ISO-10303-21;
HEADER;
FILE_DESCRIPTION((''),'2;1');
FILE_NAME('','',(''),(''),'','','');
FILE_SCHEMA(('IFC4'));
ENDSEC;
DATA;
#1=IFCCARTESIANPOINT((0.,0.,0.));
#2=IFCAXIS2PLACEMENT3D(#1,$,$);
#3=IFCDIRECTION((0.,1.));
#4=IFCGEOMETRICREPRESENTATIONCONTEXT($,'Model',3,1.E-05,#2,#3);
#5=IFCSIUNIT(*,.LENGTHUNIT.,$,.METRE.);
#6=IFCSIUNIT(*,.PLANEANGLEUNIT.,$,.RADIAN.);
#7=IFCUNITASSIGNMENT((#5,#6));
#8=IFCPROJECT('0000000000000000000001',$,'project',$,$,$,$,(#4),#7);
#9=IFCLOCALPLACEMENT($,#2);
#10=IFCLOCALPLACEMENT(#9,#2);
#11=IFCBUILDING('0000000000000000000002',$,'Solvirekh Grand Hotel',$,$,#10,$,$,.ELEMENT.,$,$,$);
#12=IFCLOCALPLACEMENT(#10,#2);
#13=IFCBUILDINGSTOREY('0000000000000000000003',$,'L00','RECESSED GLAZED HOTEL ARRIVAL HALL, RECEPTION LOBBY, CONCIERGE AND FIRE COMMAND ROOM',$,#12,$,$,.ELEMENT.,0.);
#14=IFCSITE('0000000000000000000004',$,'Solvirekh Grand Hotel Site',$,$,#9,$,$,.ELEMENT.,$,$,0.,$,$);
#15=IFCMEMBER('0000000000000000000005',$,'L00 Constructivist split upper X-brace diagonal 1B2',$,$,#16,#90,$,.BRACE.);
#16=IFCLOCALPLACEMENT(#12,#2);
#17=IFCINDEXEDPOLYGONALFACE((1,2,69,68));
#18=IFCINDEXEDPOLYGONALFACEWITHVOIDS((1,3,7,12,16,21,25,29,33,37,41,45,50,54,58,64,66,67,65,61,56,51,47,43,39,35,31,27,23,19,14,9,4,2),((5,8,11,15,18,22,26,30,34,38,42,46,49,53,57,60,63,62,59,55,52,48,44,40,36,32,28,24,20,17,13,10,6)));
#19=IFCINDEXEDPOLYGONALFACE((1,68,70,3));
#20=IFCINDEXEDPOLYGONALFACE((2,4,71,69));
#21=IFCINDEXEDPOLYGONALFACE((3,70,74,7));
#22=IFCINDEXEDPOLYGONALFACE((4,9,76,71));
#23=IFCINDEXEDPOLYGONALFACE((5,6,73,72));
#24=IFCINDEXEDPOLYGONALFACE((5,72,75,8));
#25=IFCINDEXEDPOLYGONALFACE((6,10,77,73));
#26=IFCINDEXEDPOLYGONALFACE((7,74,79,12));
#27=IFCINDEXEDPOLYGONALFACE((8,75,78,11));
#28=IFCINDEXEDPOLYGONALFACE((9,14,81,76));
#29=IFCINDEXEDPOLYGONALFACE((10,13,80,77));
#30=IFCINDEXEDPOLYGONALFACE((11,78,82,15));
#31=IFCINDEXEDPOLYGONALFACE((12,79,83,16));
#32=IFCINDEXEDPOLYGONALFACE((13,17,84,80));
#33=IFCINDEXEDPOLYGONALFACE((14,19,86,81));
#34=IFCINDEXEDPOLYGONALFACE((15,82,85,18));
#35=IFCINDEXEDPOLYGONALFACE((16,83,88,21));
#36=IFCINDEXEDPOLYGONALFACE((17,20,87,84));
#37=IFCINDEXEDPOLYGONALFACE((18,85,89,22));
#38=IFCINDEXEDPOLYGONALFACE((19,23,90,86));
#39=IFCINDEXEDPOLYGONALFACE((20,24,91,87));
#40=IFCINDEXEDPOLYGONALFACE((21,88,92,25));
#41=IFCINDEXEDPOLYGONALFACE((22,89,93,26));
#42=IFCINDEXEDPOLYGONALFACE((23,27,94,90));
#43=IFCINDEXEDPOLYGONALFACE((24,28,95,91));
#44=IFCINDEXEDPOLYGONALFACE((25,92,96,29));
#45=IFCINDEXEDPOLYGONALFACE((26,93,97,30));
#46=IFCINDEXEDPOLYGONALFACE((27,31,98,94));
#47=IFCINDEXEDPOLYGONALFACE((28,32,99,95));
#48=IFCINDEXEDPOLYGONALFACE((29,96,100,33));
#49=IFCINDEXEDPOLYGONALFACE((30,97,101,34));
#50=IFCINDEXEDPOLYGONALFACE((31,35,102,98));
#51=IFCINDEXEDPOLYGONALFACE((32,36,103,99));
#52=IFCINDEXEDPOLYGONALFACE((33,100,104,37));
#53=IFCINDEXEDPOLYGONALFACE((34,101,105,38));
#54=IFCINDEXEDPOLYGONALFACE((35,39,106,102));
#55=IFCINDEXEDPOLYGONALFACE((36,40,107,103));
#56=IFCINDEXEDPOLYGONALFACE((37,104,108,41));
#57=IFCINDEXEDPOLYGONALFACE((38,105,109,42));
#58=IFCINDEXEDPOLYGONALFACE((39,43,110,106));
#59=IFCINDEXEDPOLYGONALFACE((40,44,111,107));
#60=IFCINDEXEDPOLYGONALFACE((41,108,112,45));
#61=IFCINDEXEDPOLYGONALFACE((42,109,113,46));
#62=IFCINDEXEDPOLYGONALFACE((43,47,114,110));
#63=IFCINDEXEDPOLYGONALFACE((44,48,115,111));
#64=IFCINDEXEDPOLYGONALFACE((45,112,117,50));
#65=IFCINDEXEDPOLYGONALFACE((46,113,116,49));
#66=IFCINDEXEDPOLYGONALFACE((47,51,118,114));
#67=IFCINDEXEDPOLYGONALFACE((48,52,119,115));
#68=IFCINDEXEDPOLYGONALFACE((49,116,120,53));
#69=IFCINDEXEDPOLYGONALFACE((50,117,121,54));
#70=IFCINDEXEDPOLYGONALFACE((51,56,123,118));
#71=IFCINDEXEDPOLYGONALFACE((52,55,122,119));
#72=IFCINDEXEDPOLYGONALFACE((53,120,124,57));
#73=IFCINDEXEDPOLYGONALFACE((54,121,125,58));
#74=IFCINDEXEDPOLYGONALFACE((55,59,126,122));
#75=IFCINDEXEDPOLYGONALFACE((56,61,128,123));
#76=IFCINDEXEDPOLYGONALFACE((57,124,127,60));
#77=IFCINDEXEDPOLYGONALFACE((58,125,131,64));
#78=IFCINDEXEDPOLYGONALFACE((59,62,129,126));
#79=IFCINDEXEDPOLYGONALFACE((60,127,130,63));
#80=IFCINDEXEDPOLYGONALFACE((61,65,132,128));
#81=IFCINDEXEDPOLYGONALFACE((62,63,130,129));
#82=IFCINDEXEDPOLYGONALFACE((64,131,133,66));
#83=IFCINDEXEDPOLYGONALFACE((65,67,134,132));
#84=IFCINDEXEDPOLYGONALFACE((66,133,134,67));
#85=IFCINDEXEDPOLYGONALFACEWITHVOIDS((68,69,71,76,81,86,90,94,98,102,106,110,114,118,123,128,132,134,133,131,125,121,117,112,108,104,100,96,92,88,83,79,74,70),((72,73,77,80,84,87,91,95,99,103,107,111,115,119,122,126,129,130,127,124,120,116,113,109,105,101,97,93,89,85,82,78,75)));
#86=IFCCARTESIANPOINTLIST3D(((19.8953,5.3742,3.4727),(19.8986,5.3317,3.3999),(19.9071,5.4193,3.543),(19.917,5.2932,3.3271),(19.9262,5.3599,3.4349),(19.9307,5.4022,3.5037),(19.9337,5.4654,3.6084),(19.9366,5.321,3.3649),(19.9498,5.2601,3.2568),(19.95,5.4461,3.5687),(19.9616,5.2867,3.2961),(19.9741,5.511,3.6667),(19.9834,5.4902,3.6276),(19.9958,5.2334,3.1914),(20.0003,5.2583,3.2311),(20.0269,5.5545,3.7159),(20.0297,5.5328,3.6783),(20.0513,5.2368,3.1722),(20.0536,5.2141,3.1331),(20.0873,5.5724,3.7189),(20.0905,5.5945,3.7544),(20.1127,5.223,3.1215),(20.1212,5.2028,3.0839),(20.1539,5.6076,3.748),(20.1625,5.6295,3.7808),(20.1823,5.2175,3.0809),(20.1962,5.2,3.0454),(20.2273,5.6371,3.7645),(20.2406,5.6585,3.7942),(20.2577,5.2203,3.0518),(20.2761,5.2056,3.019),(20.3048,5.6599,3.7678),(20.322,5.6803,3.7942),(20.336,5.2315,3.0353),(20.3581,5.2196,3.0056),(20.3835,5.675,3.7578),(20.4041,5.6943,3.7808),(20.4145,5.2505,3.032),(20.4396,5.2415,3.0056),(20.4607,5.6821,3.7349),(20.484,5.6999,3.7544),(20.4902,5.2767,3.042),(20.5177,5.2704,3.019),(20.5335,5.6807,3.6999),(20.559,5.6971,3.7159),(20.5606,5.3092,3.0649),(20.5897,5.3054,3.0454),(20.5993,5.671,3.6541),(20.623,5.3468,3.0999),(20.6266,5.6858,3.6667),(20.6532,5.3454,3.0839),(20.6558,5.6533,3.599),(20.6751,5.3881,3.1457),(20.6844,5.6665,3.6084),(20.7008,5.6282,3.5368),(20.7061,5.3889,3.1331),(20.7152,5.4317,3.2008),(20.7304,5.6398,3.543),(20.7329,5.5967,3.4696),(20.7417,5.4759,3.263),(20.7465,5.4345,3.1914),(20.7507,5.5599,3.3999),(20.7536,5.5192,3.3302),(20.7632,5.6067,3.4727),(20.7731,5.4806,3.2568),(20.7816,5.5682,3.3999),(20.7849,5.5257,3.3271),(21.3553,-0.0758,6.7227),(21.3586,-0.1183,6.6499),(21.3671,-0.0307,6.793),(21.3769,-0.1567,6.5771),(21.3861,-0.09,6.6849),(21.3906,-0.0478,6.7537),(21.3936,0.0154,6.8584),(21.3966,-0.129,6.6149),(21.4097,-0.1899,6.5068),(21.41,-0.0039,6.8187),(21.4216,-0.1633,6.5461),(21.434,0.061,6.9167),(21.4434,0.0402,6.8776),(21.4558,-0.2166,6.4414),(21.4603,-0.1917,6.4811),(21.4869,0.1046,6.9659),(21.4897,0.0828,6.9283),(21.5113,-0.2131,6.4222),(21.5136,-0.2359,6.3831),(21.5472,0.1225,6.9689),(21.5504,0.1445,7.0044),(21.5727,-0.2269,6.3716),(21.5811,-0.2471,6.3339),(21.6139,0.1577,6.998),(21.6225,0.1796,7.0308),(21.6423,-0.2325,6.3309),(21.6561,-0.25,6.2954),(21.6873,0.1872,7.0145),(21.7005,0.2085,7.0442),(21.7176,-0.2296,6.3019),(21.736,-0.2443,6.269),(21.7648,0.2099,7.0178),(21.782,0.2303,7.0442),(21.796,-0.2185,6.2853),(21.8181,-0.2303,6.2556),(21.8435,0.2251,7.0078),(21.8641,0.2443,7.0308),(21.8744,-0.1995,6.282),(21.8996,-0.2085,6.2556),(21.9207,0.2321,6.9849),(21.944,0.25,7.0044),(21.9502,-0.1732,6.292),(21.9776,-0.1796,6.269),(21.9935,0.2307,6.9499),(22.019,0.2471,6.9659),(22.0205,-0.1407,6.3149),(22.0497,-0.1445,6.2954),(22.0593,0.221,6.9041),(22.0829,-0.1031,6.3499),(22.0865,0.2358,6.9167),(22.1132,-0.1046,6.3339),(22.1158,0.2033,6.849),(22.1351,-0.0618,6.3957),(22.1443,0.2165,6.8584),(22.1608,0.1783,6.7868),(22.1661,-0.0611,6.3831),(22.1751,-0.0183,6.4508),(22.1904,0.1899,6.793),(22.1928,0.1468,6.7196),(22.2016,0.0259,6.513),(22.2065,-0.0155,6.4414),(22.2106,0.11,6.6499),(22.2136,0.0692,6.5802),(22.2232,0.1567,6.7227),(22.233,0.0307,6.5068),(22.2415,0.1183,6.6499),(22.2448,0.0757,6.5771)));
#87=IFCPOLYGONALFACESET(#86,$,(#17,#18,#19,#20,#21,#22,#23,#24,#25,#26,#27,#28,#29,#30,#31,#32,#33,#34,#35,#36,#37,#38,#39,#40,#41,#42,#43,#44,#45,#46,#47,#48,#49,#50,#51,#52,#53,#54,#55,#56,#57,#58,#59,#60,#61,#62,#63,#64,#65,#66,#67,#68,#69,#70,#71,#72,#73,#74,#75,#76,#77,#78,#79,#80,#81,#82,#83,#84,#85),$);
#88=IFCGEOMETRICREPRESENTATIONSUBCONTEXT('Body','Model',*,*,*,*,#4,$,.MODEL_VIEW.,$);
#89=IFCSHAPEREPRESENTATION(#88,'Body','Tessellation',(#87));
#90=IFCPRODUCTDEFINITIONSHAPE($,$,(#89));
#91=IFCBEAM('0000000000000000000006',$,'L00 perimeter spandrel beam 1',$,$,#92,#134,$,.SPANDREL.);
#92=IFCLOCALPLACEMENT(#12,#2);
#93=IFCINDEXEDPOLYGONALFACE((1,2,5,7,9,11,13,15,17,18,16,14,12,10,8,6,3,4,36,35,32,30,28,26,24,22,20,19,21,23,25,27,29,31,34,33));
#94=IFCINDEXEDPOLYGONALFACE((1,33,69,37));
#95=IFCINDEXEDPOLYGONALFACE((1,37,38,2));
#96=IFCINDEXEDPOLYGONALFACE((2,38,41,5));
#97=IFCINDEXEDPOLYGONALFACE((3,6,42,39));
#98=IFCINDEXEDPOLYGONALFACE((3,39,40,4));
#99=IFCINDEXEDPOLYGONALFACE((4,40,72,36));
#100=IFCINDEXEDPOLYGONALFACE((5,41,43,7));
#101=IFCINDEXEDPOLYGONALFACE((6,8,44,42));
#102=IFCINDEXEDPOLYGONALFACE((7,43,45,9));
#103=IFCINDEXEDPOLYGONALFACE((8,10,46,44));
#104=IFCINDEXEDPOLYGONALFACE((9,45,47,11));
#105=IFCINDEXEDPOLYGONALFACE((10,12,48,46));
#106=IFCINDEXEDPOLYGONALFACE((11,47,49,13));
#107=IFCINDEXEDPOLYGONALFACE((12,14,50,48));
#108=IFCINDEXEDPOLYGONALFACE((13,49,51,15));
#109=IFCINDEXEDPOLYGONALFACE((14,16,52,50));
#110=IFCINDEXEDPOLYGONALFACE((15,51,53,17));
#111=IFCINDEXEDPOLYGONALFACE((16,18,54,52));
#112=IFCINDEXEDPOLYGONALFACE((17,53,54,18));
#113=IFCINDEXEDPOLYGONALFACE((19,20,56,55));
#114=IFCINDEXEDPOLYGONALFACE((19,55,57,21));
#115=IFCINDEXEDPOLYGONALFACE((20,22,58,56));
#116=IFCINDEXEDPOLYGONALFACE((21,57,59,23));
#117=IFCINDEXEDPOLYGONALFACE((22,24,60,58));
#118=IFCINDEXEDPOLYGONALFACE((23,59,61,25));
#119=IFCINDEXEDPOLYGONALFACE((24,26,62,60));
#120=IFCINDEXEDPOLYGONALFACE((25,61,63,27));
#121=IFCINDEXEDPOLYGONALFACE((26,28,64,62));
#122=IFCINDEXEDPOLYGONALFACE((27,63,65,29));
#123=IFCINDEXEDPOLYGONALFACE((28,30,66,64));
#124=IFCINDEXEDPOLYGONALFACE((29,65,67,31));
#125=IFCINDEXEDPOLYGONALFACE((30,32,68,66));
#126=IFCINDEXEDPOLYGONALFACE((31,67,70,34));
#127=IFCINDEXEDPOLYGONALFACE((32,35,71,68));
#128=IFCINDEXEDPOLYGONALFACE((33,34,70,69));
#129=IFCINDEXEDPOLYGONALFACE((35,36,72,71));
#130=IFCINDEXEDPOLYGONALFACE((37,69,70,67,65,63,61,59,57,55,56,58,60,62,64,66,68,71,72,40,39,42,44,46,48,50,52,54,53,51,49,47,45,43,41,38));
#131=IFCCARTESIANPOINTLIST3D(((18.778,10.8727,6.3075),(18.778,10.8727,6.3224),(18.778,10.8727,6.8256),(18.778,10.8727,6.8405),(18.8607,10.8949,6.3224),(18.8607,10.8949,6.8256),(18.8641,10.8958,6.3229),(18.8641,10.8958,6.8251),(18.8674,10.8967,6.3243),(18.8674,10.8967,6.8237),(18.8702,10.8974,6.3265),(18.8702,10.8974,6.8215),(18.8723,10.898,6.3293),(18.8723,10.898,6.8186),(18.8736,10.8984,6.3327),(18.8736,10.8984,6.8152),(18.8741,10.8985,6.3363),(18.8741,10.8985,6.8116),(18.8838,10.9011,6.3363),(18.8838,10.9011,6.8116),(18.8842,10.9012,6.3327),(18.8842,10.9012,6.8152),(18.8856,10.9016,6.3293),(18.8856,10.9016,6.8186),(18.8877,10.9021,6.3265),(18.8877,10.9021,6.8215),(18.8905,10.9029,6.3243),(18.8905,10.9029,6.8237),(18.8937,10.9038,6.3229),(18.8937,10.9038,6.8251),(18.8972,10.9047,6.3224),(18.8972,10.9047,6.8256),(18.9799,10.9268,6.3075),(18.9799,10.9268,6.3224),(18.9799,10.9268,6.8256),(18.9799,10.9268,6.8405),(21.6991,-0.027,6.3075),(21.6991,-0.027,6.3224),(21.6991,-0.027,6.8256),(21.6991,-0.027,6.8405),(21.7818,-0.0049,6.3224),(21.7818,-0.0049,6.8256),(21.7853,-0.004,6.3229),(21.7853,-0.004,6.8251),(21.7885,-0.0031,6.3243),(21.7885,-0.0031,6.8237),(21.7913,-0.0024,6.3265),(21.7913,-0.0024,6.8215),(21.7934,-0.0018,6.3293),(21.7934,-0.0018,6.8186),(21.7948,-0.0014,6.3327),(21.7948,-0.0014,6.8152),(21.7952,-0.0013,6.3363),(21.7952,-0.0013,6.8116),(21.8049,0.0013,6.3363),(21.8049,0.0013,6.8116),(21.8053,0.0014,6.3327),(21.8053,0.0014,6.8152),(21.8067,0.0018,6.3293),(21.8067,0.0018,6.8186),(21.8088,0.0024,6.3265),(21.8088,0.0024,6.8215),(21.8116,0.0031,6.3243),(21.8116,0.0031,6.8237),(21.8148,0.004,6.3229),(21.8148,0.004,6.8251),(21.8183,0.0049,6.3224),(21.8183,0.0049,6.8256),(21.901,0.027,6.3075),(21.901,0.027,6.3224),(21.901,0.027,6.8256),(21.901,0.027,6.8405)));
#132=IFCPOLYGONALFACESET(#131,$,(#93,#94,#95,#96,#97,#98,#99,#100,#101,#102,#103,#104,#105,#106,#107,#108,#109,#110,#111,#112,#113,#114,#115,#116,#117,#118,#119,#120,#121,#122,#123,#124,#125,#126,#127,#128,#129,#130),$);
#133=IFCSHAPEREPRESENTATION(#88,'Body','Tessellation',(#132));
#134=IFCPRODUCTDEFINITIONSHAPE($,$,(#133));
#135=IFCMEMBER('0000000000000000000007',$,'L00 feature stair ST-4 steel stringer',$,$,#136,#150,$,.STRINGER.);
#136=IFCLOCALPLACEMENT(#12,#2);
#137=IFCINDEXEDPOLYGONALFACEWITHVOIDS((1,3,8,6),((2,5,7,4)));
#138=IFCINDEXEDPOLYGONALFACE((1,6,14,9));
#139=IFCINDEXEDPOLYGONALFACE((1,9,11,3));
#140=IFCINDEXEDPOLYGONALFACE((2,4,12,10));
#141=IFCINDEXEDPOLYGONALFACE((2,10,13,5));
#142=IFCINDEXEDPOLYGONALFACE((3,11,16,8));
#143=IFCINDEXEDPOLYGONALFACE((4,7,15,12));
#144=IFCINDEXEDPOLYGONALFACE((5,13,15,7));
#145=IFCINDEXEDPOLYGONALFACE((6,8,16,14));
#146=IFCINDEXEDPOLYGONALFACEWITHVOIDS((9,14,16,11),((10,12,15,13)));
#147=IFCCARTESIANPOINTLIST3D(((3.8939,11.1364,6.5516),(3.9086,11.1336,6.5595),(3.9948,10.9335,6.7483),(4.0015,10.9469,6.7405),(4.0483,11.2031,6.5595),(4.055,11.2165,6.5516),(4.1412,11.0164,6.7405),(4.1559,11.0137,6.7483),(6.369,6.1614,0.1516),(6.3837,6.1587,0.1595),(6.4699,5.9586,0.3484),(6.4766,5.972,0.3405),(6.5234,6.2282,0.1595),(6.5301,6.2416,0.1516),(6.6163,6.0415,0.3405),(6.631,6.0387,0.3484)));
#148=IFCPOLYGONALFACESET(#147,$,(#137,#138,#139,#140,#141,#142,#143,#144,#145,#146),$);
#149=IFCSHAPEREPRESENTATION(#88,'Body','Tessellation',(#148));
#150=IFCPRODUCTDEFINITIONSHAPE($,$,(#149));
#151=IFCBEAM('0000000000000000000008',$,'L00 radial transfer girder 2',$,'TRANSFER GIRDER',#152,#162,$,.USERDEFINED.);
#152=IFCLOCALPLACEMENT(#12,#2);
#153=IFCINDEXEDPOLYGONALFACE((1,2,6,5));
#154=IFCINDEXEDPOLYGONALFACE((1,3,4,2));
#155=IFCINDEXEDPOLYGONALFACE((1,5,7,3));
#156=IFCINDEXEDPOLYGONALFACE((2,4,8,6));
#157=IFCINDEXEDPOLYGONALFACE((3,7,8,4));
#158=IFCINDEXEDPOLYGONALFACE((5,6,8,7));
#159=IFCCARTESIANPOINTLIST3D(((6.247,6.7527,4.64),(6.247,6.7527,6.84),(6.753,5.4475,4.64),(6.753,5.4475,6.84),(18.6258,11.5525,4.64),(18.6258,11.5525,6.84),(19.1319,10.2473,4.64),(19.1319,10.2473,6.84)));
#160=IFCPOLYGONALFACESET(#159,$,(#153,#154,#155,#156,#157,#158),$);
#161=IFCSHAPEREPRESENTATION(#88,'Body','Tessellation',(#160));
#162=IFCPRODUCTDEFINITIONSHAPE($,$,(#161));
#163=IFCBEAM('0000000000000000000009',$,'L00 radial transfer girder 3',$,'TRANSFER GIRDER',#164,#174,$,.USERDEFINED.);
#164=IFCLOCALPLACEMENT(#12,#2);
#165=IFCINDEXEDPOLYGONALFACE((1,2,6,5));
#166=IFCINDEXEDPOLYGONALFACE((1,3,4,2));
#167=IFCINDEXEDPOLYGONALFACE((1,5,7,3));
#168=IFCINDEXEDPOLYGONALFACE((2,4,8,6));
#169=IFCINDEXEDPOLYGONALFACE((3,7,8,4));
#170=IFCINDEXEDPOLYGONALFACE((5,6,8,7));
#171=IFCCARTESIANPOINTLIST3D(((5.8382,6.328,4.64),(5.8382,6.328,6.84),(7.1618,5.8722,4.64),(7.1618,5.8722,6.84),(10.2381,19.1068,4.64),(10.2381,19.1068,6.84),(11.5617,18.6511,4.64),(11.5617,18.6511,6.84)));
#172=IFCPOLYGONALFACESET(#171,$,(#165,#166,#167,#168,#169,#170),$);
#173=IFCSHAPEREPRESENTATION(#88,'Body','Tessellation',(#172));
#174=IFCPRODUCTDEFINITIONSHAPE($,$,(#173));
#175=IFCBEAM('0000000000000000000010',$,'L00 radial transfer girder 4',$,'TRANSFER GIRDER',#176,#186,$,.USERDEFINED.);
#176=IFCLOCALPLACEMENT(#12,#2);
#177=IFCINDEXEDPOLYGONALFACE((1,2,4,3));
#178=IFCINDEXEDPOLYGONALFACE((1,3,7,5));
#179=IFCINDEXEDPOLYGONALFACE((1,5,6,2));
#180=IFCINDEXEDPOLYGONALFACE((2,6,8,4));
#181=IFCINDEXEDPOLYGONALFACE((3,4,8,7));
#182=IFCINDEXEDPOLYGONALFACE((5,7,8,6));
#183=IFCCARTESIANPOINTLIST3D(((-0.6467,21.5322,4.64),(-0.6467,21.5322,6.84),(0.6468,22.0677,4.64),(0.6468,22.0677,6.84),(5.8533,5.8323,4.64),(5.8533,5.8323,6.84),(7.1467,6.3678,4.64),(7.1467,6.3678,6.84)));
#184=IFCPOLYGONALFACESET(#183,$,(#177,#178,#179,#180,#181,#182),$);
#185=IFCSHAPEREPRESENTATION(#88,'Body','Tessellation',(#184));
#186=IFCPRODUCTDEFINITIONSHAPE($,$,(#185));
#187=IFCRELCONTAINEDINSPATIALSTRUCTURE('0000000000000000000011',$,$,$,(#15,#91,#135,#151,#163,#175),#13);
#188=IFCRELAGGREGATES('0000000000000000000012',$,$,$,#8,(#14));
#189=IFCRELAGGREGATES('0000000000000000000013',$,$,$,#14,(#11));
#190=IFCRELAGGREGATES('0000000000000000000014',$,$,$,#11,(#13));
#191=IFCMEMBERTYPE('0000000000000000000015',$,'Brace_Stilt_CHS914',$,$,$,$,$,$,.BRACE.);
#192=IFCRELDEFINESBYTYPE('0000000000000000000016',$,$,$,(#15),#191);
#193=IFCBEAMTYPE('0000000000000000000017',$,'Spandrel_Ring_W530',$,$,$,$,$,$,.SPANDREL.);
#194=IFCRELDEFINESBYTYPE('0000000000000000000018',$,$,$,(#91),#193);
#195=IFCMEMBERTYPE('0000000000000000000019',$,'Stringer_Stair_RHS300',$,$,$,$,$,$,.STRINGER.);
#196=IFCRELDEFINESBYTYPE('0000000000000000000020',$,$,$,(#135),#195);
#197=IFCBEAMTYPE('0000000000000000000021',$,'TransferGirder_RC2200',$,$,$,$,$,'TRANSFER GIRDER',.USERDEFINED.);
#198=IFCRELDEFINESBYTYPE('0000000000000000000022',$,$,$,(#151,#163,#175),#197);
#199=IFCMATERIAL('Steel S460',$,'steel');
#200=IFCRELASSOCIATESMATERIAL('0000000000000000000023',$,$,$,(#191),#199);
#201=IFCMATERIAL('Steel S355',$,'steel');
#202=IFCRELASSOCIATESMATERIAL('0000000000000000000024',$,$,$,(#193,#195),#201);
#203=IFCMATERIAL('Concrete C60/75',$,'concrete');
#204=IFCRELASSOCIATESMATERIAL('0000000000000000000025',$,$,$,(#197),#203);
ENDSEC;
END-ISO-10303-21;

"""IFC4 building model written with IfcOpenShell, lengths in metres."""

from ifc_helpers import new_model, si_unit, direction, frame, origin, origin_2d, place, context, subcontext, project, spatial, rectangle, hollow_rectangle, hollow_circle, i_section, extrude, material, material_profile, profile_set, type_object, element, save


model = new_model("IFC4")

# Units and contexts
model_context = context("Model", 3, precision=1e-05, world=origin(), true_north=direction((0.0, 1.0)))
body_context = subcontext(model_context, "Body", "Model", "MODEL_VIEW")
ifc_project = project(units=[si_unit("LENGTHUNIT", "METRE"), si_unit("PLANEANGLEUNIT", "RADIAN")], contexts=[model_context])

# Site, building, storey
site_placement = place(None, origin())
site = spatial("IfcSite", under=ifc_project, at=site_placement, Name="Solvirekh Grand Hotel Site", CompositionType="ELEMENT", RefElevation=0.0)
building_placement = place(site_placement, origin())
building = spatial("IfcBuilding", under=site, at=building_placement, Name="Solvirekh Grand Hotel", CompositionType="ELEMENT")
storey_placement = place(building_placement, origin())
storey = spatial("IfcBuildingStorey", under=building, at=storey_placement, Name="L00", Description="RECESSED GLAZED HOTEL ARRIVAL HALL, RECEPTION LOBBY, CONCIERGE AND FIRE COMMAND ROOM", CompositionType="ELEMENT", Elevation=0.0)

# Shared definitions
ifc_material_1 = material(Name="Concrete C60/75", Category="concrete")

# Member
ifc_material_2 = material(Name="Steel S460", Category="steel")
ifc_material_profile_1 = material_profile(ifc_material_2, hollow_circle(Radius=0.457, WallThickness=0.032, at=origin_2d()), Name="CHS 914X32")
ifc_profile_set_1 = profile_set([ifc_material_profile_1], Name="Steel S460")
member_type_1 = type_object("IfcMemberType", Name="Brace_Stilt_CHS914", PredefinedType="BRACE", material=ifc_profile_set_1)
member_1_placement = place(storey_placement, frame((20.3401, 5.45, 3.3999), z_axis=(0.224222, -0.83701, 0.499139), x_axis=(0.965941, 0.258761, 0.0)))
element("IfcMember", 1, at=member_1_placement, inside=storey, type_object=member_type_1, Name="L00 Constructivist split upper X-brace diagonal 1B2", PredefinedType="BRACE", context=body_context, shape_type="SweptSolid", body=[
    extrude(hollow_circle(Radius=0.457, WallThickness=0.032, at=origin_2d()), origin(), (0.0, 0.0, 1.0), 6.5112),
])

# Beam
ifc_material_3 = material(Name="Steel S355", Category="steel")
ifc_material_profile_2 = material_profile(ifc_material_3, i_section(OverallWidth=0.209, OverallDepth=0.533, WebThickness=0.01, FlangeThickness=0.0149, FilletRadius=0.0139, at=origin_2d()), Name="W530X92")
ifc_profile_set_2 = profile_set([ifc_material_profile_2], Name="Steel S355")
beam_type_1 = type_object("IfcBeamType", Name="Spandrel_Ring_W530", PredefinedType="SPANDREL", material=ifc_profile_set_2)
beam_1_placement = place(storey_placement, frame((21.8, 0.0, 6.574), z_axis=(-0.258862, 0.965914, 0.0), x_axis=(-0.965914, -0.258862, 0.0)))
element("IfcBeam", 2, at=beam_1_placement, inside=storey, type_object=beam_type_1, Name="L00 perimeter spandrel beam 1", PredefinedType="SPANDREL", context=body_context, shape_type="SweptSolid", body=[
    extrude(i_section(OverallWidth=0.209, OverallDepth=0.533, WebThickness=0.01, FlangeThickness=0.0149, FilletRadius=0.0139, at=origin_2d()), origin(), (0.0, 0.0, 1.0), 11.2844),
])

# Member
ifc_material_profile_3 = material_profile(ifc_material_3, hollow_rectangle(XDim=0.1799, YDim=0.3, WallThickness=0.012, at=origin_2d()), Name="RHS 300X180X12")
ifc_profile_set_3 = profile_set([ifc_material_profile_3], Name="Steel S355")
member_type_2 = type_object("IfcMemberType", Name="Stringer_Stair_RHS300", PredefinedType="STRINGER", material=ifc_profile_set_3)
member_2_placement = place(storey_placement, frame((6.5, 6.1001, 0.25), z_axis=(-0.29203, 0.586969, 0.755107), x_axis=(-0.895313, -0.445438, 0.0)))
element("IfcMember", 3, at=member_2_placement, inside=storey, type_object=member_type_2, Name="L00 feature stair ST-4 steel stringer", PredefinedType="STRINGER", context=body_context, shape_type="SweptSolid", body=[
    extrude(hollow_rectangle(XDim=0.1799, YDim=0.3, WallThickness=0.012, at=origin_2d()), origin(), (0.0, 0.0, 1.0), 8.4756),
])

# Beams
ifc_material_profile_4 = material_profile(ifc_material_1, rectangle(XDim=1.3999, YDim=2.2, at=origin_2d()), Name="RC GIRDER 1400X2200")
ifc_profile_set_4 = profile_set([ifc_material_profile_4], Name="Concrete C60/75")
beam_type_2 = type_object("IfcBeamType", Name="TransferGirder_RC2200", ElementType="TRANSFER GIRDER", PredefinedType="USERDEFINED", material=ifc_profile_set_4)
beam_2_placement = place(storey_placement, frame((6.5, 6.1001, 5.74), z_axis=(0.932366, 0.361516, 0.0), x_axis=(-0.361516, 0.932366, 0.0)))
element("IfcBeam", 4, at=beam_2_placement, inside=storey, type_object=beam_type_2, Name="L00 radial transfer girder 2", ObjectType="TRANSFER GIRDER", PredefinedType="USERDEFINED", context=body_context, shape_type="SweptSolid", body=[
    extrude(rectangle(XDim=1.3999, YDim=2.2, at=origin_2d()), origin(), (0.0, 0.0, 1.0), 13.2769),
])
beam_3_placement = place(storey_placement, frame((6.5, 6.1001, 5.74), z_axis=(0.325555, 0.945523, 0.0), x_axis=(-0.945523, 0.325555, 0.0)))
element("IfcBeam", 5, at=beam_3_placement, inside=storey, type_object=beam_type_2, Name="L00 radial transfer girder 3", ObjectType="TRANSFER GIRDER", PredefinedType="USERDEFINED", context=body_context, shape_type="SweptSolid", body=[
    extrude(rectangle(XDim=1.3999, YDim=2.2, at=origin_2d()), origin(), (0.0, 0.0, 1.0), 13.5151),
])
beam_4_placement = place(storey_placement, frame((6.5, 6.1001, 5.74), z_axis=(-0.382526, 0.923945, 0.0), x_axis=(-0.923945, -0.382526, 0.0)))
element("IfcBeam", 6, at=beam_4_placement, inside=storey, type_object=beam_type_2, Name="L00 radial transfer girder 4", ObjectType="TRANSFER GIRDER", PredefinedType="USERDEFINED", context=body_context, shape_type="SweptSolid", body=[
    extrude(rectangle(XDim=1.3999, YDim=2.2, at=origin_2d()), origin(), (0.0, 0.0, 1.0), 16.9922),
])

save(model, "model.ifc")
